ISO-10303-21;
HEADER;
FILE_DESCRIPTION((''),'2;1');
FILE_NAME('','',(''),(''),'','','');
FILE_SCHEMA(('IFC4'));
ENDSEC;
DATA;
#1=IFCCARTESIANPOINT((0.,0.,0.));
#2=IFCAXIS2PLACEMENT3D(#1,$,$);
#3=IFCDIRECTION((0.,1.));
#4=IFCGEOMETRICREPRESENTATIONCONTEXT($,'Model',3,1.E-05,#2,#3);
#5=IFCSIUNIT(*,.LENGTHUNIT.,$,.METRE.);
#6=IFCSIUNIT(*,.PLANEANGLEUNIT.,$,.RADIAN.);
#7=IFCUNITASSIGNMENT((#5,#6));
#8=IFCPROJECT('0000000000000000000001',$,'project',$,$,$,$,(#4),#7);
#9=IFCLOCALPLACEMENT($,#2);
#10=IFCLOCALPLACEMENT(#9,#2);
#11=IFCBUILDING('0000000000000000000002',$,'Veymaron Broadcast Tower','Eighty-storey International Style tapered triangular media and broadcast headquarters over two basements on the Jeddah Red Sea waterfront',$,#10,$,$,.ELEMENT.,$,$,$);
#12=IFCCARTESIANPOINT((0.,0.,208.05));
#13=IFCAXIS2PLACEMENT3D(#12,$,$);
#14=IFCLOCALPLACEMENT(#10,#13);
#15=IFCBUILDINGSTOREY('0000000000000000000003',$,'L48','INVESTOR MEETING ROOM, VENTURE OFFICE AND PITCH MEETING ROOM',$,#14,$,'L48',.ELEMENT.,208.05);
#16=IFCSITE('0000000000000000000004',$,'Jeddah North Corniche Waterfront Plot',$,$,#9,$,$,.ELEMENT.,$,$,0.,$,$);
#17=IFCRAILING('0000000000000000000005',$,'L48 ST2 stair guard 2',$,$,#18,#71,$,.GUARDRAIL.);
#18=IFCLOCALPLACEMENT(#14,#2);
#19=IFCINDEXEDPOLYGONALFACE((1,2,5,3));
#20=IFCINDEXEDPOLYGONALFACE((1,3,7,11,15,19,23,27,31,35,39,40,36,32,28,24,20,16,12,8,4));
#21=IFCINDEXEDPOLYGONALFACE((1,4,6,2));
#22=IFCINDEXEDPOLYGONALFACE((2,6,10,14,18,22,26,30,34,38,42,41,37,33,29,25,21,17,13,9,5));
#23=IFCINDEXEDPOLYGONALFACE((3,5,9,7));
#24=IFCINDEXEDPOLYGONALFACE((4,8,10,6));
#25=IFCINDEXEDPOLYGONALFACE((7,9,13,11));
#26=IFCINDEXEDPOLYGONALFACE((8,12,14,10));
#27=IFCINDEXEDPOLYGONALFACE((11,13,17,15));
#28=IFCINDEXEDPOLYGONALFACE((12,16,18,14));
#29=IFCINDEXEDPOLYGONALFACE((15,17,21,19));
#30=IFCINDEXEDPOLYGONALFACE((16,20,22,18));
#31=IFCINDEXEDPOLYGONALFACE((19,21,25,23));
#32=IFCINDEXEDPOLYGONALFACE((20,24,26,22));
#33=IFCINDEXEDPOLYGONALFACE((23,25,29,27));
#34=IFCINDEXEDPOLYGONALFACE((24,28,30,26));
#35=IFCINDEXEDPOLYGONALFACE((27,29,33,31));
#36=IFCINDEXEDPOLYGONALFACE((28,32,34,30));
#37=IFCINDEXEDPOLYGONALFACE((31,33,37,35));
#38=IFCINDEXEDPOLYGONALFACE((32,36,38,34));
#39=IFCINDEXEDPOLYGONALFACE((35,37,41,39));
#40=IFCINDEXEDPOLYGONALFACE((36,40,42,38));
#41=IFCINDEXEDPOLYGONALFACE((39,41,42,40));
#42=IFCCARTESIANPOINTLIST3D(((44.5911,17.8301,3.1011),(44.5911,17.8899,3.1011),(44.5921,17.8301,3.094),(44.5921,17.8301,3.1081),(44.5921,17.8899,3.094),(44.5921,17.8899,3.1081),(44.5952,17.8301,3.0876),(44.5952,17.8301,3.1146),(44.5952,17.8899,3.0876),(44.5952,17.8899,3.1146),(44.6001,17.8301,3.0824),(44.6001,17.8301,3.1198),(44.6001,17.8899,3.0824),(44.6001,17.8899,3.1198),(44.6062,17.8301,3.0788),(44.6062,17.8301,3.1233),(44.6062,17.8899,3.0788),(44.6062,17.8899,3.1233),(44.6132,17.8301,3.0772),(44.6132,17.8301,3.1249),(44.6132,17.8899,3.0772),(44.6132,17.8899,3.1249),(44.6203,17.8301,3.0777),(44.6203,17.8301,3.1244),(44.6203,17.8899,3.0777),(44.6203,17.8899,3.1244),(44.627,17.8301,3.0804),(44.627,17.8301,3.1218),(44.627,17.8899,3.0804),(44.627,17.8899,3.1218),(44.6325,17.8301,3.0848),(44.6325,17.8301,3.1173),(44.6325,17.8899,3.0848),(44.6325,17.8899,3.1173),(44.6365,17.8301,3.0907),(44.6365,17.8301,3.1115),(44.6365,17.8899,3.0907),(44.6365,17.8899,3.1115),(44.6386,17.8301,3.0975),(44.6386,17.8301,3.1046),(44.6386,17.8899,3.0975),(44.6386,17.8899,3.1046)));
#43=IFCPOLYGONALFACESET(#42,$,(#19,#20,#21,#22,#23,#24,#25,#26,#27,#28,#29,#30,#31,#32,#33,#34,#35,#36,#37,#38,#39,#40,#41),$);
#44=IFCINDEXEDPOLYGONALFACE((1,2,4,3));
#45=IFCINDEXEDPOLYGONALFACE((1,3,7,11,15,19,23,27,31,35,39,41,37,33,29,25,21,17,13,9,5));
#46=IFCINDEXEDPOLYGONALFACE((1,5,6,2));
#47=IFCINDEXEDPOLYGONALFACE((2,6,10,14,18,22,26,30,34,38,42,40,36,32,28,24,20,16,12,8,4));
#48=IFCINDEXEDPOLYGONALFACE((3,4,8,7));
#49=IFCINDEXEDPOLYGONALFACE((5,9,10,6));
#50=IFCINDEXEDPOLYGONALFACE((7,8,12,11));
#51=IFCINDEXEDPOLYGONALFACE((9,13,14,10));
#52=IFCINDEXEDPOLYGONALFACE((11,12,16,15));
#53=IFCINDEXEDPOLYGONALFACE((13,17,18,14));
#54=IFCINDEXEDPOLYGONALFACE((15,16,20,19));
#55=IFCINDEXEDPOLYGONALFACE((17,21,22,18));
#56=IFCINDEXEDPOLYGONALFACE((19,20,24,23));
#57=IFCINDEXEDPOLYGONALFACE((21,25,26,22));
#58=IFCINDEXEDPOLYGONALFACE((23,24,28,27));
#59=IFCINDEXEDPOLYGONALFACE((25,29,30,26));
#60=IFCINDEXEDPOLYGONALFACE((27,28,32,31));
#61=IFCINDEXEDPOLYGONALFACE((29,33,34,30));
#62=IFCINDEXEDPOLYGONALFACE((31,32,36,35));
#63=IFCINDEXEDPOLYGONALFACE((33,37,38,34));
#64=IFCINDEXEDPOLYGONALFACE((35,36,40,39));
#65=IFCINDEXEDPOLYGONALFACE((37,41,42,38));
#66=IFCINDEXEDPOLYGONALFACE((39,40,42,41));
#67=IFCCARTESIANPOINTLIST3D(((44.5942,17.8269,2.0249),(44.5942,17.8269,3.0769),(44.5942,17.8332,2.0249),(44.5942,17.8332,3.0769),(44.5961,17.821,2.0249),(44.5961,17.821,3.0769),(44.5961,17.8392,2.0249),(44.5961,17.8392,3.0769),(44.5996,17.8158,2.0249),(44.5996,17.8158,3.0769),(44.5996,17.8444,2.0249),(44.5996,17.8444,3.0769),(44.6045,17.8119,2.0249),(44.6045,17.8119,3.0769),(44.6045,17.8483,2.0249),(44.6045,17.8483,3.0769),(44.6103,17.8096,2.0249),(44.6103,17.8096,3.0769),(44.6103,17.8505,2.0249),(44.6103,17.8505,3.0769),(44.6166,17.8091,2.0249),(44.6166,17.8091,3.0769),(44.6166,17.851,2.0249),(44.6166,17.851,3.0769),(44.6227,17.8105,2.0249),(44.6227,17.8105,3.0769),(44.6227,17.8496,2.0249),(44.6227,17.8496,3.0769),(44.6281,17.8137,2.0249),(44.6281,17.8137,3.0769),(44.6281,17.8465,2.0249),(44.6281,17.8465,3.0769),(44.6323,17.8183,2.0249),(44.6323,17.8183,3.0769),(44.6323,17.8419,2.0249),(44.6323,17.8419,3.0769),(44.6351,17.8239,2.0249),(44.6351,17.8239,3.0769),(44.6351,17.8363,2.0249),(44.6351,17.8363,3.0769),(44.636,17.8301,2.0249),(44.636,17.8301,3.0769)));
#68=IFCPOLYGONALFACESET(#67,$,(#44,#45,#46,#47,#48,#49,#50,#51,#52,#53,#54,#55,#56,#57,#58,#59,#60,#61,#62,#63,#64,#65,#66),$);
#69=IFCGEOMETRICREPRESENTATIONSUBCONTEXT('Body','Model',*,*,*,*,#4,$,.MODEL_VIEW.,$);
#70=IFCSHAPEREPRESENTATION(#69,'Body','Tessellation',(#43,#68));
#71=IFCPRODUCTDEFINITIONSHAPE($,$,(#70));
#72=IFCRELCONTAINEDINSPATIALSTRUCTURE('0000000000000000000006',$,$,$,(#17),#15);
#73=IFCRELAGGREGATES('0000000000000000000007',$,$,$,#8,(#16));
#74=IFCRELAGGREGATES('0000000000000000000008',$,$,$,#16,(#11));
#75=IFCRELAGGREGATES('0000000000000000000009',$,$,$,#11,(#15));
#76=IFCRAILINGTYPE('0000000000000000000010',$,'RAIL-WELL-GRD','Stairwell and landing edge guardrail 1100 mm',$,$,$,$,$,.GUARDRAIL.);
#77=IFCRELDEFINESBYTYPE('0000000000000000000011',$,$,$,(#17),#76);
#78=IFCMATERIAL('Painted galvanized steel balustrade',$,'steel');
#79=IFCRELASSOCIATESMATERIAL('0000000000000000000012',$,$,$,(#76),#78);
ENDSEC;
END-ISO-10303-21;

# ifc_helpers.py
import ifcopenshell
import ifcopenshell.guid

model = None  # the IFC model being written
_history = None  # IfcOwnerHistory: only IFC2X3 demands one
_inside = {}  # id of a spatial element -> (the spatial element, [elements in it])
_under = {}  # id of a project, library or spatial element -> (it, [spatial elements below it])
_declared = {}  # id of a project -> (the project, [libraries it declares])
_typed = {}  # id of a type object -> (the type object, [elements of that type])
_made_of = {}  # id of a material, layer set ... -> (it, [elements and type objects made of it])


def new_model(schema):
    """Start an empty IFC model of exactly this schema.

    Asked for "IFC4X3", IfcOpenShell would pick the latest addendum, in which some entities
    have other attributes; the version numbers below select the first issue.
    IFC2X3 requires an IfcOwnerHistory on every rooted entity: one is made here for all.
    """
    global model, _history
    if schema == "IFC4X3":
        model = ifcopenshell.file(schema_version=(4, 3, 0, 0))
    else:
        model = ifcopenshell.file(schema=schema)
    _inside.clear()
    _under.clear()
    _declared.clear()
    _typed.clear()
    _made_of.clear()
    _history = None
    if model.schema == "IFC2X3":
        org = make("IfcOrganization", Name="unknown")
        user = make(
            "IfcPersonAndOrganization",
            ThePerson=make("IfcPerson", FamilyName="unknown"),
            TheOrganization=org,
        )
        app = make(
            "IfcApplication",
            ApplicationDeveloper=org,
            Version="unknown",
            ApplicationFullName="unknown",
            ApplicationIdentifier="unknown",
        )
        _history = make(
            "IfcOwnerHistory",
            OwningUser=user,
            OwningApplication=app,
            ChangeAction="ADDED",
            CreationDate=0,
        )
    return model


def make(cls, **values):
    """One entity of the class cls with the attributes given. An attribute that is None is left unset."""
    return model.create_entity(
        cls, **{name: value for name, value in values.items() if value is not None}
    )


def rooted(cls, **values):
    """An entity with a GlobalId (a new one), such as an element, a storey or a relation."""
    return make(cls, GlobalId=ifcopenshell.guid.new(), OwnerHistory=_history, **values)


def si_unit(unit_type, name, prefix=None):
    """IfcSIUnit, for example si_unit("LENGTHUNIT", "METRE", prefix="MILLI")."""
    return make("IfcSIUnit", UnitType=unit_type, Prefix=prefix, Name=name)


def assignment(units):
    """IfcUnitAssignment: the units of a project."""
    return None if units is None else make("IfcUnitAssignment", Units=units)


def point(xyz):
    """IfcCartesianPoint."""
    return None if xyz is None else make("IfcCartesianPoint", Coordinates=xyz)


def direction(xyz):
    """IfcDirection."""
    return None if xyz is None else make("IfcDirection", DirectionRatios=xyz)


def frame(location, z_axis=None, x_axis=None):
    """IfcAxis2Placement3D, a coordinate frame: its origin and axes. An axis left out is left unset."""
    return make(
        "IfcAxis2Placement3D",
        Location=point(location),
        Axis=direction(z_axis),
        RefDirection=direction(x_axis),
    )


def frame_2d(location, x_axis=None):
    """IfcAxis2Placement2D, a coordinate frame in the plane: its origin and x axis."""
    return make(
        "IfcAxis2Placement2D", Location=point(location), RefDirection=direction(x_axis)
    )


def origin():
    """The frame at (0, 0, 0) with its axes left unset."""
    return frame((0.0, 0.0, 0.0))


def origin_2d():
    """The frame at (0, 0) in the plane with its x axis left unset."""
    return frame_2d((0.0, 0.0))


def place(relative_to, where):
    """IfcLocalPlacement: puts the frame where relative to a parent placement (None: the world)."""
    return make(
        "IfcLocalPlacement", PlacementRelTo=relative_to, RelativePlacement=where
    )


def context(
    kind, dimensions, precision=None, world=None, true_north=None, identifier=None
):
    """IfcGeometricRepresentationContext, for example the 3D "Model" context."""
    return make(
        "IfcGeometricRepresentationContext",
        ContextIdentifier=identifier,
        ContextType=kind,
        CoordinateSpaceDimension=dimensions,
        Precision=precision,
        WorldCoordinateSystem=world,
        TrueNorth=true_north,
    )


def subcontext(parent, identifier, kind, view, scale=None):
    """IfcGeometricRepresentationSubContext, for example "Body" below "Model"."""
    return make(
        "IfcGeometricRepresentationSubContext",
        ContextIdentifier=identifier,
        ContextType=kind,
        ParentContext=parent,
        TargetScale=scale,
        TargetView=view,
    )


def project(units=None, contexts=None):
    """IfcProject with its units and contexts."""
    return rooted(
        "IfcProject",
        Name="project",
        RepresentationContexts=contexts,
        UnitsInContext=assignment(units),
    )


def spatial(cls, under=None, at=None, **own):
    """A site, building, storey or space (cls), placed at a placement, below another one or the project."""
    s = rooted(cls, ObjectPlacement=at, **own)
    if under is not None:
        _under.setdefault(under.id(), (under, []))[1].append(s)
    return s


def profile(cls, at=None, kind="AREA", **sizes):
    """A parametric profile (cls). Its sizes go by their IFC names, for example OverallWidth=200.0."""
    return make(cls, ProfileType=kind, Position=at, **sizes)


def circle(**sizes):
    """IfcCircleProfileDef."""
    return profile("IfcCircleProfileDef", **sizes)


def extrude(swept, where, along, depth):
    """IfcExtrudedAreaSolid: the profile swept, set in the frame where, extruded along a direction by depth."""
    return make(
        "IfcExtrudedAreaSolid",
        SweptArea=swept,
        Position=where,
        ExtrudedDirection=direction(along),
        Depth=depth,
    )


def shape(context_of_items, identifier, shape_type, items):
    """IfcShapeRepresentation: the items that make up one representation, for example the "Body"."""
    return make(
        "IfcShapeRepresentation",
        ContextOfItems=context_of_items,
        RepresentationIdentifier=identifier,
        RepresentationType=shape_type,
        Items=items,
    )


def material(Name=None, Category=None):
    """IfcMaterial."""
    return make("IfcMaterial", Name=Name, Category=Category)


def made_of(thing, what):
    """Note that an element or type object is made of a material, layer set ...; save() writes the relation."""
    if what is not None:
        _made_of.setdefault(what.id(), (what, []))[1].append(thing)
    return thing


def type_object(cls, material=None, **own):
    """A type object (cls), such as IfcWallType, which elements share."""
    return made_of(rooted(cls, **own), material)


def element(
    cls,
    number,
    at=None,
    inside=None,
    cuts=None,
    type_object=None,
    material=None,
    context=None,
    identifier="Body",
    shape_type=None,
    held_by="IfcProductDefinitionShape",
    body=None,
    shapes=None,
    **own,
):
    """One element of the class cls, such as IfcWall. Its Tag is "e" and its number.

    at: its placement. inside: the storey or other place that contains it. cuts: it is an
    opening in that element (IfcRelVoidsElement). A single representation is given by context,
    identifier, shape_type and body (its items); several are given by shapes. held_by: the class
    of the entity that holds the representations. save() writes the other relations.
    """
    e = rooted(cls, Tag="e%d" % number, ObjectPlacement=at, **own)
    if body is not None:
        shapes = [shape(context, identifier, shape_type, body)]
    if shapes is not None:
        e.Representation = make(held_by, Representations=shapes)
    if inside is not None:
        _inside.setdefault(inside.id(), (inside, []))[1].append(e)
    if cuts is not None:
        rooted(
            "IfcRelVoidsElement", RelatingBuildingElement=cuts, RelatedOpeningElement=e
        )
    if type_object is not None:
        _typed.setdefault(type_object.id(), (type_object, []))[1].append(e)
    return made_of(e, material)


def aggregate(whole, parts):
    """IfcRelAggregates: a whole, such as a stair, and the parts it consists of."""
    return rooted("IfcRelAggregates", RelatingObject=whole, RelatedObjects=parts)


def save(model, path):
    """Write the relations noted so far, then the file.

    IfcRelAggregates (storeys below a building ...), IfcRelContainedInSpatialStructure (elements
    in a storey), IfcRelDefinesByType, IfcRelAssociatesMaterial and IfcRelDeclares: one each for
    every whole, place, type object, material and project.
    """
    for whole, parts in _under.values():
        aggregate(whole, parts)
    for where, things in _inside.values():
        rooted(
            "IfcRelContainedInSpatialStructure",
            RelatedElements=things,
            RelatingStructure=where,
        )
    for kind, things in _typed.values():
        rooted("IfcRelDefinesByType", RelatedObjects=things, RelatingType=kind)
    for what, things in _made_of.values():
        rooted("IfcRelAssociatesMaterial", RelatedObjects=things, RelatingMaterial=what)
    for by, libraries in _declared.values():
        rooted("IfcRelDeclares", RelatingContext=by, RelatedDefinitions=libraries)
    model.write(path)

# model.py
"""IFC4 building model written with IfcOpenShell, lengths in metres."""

from ifc_helpers import new_model, si_unit, direction, frame, origin, origin_2d, place, context, subcontext, project, spatial, circle, extrude, material, type_object, element, save


model = new_model("IFC4")

# Units and contexts
model_context = context("Model", 3, precision=1e-05, world=origin(), true_north=direction((0.0, 1.0)))
body_context = subcontext(model_context, "Body", "Model", "MODEL_VIEW")
ifc_project = project(units=[si_unit("LENGTHUNIT", "METRE"), si_unit("PLANEANGLEUNIT", "RADIAN")], contexts=[model_context])

# Site, building, storey
site_placement = place(None, origin())
site = spatial("IfcSite", under=ifc_project, at=site_placement, Name="Jeddah North Corniche Waterfront Plot", CompositionType="ELEMENT", RefElevation=0.0)
building_placement = place(site_placement, origin())
building = spatial("IfcBuilding", under=site, at=building_placement, Name="Veymaron Broadcast Tower", Description="Eighty-storey International Style tapered triangular media and broadcast headquarters over two basements on the Jeddah Red Sea waterfront", CompositionType="ELEMENT")
storey_placement = place(building_placement, frame((0.0, 0.0, 208.05)))
storey = spatial("IfcBuildingStorey", under=building, at=storey_placement, Name="L48", Description="INVESTOR MEETING ROOM, VENTURE OFFICE AND PITCH MEETING ROOM", LongName="L48", CompositionType="ELEMENT", Elevation=208.05)

# Railing
ifc_material_1 = material(Name="Painted galvanized steel balustrade", Category="steel")
railing_type_1 = type_object("IfcRailingType", Name="RAIL-WELL-GRD", Description="Stairwell and landing edge guardrail 1100 mm", PredefinedType="GUARDRAIL", material=ifc_material_1)
railing_1_placement = place(storey_placement, frame((44.615, 17.8301, 2.0249)))
element("IfcRailing", 1, at=railing_1_placement, inside=storey, type_object=railing_type_1, Name="L48 ST2 stair guard 2", PredefinedType="GUARDRAIL", context=body_context, shape_type="SweptSolid", body=[
    extrude(circle(Radius=0.0239, at=origin_2d()), frame((0.0, 0.0, 1.0762), z_axis=(0.0, 1.0, 0.0), x_axis=(-1.0, 0.0, 0.0)), (0.0, 0.0, 1.0), 0.0598),
    extrude(circle(Radius=0.021, at=origin_2d()), origin(), (0.0, 0.0, 1.0), 1.052),
])

save(model, "model.ifc")
